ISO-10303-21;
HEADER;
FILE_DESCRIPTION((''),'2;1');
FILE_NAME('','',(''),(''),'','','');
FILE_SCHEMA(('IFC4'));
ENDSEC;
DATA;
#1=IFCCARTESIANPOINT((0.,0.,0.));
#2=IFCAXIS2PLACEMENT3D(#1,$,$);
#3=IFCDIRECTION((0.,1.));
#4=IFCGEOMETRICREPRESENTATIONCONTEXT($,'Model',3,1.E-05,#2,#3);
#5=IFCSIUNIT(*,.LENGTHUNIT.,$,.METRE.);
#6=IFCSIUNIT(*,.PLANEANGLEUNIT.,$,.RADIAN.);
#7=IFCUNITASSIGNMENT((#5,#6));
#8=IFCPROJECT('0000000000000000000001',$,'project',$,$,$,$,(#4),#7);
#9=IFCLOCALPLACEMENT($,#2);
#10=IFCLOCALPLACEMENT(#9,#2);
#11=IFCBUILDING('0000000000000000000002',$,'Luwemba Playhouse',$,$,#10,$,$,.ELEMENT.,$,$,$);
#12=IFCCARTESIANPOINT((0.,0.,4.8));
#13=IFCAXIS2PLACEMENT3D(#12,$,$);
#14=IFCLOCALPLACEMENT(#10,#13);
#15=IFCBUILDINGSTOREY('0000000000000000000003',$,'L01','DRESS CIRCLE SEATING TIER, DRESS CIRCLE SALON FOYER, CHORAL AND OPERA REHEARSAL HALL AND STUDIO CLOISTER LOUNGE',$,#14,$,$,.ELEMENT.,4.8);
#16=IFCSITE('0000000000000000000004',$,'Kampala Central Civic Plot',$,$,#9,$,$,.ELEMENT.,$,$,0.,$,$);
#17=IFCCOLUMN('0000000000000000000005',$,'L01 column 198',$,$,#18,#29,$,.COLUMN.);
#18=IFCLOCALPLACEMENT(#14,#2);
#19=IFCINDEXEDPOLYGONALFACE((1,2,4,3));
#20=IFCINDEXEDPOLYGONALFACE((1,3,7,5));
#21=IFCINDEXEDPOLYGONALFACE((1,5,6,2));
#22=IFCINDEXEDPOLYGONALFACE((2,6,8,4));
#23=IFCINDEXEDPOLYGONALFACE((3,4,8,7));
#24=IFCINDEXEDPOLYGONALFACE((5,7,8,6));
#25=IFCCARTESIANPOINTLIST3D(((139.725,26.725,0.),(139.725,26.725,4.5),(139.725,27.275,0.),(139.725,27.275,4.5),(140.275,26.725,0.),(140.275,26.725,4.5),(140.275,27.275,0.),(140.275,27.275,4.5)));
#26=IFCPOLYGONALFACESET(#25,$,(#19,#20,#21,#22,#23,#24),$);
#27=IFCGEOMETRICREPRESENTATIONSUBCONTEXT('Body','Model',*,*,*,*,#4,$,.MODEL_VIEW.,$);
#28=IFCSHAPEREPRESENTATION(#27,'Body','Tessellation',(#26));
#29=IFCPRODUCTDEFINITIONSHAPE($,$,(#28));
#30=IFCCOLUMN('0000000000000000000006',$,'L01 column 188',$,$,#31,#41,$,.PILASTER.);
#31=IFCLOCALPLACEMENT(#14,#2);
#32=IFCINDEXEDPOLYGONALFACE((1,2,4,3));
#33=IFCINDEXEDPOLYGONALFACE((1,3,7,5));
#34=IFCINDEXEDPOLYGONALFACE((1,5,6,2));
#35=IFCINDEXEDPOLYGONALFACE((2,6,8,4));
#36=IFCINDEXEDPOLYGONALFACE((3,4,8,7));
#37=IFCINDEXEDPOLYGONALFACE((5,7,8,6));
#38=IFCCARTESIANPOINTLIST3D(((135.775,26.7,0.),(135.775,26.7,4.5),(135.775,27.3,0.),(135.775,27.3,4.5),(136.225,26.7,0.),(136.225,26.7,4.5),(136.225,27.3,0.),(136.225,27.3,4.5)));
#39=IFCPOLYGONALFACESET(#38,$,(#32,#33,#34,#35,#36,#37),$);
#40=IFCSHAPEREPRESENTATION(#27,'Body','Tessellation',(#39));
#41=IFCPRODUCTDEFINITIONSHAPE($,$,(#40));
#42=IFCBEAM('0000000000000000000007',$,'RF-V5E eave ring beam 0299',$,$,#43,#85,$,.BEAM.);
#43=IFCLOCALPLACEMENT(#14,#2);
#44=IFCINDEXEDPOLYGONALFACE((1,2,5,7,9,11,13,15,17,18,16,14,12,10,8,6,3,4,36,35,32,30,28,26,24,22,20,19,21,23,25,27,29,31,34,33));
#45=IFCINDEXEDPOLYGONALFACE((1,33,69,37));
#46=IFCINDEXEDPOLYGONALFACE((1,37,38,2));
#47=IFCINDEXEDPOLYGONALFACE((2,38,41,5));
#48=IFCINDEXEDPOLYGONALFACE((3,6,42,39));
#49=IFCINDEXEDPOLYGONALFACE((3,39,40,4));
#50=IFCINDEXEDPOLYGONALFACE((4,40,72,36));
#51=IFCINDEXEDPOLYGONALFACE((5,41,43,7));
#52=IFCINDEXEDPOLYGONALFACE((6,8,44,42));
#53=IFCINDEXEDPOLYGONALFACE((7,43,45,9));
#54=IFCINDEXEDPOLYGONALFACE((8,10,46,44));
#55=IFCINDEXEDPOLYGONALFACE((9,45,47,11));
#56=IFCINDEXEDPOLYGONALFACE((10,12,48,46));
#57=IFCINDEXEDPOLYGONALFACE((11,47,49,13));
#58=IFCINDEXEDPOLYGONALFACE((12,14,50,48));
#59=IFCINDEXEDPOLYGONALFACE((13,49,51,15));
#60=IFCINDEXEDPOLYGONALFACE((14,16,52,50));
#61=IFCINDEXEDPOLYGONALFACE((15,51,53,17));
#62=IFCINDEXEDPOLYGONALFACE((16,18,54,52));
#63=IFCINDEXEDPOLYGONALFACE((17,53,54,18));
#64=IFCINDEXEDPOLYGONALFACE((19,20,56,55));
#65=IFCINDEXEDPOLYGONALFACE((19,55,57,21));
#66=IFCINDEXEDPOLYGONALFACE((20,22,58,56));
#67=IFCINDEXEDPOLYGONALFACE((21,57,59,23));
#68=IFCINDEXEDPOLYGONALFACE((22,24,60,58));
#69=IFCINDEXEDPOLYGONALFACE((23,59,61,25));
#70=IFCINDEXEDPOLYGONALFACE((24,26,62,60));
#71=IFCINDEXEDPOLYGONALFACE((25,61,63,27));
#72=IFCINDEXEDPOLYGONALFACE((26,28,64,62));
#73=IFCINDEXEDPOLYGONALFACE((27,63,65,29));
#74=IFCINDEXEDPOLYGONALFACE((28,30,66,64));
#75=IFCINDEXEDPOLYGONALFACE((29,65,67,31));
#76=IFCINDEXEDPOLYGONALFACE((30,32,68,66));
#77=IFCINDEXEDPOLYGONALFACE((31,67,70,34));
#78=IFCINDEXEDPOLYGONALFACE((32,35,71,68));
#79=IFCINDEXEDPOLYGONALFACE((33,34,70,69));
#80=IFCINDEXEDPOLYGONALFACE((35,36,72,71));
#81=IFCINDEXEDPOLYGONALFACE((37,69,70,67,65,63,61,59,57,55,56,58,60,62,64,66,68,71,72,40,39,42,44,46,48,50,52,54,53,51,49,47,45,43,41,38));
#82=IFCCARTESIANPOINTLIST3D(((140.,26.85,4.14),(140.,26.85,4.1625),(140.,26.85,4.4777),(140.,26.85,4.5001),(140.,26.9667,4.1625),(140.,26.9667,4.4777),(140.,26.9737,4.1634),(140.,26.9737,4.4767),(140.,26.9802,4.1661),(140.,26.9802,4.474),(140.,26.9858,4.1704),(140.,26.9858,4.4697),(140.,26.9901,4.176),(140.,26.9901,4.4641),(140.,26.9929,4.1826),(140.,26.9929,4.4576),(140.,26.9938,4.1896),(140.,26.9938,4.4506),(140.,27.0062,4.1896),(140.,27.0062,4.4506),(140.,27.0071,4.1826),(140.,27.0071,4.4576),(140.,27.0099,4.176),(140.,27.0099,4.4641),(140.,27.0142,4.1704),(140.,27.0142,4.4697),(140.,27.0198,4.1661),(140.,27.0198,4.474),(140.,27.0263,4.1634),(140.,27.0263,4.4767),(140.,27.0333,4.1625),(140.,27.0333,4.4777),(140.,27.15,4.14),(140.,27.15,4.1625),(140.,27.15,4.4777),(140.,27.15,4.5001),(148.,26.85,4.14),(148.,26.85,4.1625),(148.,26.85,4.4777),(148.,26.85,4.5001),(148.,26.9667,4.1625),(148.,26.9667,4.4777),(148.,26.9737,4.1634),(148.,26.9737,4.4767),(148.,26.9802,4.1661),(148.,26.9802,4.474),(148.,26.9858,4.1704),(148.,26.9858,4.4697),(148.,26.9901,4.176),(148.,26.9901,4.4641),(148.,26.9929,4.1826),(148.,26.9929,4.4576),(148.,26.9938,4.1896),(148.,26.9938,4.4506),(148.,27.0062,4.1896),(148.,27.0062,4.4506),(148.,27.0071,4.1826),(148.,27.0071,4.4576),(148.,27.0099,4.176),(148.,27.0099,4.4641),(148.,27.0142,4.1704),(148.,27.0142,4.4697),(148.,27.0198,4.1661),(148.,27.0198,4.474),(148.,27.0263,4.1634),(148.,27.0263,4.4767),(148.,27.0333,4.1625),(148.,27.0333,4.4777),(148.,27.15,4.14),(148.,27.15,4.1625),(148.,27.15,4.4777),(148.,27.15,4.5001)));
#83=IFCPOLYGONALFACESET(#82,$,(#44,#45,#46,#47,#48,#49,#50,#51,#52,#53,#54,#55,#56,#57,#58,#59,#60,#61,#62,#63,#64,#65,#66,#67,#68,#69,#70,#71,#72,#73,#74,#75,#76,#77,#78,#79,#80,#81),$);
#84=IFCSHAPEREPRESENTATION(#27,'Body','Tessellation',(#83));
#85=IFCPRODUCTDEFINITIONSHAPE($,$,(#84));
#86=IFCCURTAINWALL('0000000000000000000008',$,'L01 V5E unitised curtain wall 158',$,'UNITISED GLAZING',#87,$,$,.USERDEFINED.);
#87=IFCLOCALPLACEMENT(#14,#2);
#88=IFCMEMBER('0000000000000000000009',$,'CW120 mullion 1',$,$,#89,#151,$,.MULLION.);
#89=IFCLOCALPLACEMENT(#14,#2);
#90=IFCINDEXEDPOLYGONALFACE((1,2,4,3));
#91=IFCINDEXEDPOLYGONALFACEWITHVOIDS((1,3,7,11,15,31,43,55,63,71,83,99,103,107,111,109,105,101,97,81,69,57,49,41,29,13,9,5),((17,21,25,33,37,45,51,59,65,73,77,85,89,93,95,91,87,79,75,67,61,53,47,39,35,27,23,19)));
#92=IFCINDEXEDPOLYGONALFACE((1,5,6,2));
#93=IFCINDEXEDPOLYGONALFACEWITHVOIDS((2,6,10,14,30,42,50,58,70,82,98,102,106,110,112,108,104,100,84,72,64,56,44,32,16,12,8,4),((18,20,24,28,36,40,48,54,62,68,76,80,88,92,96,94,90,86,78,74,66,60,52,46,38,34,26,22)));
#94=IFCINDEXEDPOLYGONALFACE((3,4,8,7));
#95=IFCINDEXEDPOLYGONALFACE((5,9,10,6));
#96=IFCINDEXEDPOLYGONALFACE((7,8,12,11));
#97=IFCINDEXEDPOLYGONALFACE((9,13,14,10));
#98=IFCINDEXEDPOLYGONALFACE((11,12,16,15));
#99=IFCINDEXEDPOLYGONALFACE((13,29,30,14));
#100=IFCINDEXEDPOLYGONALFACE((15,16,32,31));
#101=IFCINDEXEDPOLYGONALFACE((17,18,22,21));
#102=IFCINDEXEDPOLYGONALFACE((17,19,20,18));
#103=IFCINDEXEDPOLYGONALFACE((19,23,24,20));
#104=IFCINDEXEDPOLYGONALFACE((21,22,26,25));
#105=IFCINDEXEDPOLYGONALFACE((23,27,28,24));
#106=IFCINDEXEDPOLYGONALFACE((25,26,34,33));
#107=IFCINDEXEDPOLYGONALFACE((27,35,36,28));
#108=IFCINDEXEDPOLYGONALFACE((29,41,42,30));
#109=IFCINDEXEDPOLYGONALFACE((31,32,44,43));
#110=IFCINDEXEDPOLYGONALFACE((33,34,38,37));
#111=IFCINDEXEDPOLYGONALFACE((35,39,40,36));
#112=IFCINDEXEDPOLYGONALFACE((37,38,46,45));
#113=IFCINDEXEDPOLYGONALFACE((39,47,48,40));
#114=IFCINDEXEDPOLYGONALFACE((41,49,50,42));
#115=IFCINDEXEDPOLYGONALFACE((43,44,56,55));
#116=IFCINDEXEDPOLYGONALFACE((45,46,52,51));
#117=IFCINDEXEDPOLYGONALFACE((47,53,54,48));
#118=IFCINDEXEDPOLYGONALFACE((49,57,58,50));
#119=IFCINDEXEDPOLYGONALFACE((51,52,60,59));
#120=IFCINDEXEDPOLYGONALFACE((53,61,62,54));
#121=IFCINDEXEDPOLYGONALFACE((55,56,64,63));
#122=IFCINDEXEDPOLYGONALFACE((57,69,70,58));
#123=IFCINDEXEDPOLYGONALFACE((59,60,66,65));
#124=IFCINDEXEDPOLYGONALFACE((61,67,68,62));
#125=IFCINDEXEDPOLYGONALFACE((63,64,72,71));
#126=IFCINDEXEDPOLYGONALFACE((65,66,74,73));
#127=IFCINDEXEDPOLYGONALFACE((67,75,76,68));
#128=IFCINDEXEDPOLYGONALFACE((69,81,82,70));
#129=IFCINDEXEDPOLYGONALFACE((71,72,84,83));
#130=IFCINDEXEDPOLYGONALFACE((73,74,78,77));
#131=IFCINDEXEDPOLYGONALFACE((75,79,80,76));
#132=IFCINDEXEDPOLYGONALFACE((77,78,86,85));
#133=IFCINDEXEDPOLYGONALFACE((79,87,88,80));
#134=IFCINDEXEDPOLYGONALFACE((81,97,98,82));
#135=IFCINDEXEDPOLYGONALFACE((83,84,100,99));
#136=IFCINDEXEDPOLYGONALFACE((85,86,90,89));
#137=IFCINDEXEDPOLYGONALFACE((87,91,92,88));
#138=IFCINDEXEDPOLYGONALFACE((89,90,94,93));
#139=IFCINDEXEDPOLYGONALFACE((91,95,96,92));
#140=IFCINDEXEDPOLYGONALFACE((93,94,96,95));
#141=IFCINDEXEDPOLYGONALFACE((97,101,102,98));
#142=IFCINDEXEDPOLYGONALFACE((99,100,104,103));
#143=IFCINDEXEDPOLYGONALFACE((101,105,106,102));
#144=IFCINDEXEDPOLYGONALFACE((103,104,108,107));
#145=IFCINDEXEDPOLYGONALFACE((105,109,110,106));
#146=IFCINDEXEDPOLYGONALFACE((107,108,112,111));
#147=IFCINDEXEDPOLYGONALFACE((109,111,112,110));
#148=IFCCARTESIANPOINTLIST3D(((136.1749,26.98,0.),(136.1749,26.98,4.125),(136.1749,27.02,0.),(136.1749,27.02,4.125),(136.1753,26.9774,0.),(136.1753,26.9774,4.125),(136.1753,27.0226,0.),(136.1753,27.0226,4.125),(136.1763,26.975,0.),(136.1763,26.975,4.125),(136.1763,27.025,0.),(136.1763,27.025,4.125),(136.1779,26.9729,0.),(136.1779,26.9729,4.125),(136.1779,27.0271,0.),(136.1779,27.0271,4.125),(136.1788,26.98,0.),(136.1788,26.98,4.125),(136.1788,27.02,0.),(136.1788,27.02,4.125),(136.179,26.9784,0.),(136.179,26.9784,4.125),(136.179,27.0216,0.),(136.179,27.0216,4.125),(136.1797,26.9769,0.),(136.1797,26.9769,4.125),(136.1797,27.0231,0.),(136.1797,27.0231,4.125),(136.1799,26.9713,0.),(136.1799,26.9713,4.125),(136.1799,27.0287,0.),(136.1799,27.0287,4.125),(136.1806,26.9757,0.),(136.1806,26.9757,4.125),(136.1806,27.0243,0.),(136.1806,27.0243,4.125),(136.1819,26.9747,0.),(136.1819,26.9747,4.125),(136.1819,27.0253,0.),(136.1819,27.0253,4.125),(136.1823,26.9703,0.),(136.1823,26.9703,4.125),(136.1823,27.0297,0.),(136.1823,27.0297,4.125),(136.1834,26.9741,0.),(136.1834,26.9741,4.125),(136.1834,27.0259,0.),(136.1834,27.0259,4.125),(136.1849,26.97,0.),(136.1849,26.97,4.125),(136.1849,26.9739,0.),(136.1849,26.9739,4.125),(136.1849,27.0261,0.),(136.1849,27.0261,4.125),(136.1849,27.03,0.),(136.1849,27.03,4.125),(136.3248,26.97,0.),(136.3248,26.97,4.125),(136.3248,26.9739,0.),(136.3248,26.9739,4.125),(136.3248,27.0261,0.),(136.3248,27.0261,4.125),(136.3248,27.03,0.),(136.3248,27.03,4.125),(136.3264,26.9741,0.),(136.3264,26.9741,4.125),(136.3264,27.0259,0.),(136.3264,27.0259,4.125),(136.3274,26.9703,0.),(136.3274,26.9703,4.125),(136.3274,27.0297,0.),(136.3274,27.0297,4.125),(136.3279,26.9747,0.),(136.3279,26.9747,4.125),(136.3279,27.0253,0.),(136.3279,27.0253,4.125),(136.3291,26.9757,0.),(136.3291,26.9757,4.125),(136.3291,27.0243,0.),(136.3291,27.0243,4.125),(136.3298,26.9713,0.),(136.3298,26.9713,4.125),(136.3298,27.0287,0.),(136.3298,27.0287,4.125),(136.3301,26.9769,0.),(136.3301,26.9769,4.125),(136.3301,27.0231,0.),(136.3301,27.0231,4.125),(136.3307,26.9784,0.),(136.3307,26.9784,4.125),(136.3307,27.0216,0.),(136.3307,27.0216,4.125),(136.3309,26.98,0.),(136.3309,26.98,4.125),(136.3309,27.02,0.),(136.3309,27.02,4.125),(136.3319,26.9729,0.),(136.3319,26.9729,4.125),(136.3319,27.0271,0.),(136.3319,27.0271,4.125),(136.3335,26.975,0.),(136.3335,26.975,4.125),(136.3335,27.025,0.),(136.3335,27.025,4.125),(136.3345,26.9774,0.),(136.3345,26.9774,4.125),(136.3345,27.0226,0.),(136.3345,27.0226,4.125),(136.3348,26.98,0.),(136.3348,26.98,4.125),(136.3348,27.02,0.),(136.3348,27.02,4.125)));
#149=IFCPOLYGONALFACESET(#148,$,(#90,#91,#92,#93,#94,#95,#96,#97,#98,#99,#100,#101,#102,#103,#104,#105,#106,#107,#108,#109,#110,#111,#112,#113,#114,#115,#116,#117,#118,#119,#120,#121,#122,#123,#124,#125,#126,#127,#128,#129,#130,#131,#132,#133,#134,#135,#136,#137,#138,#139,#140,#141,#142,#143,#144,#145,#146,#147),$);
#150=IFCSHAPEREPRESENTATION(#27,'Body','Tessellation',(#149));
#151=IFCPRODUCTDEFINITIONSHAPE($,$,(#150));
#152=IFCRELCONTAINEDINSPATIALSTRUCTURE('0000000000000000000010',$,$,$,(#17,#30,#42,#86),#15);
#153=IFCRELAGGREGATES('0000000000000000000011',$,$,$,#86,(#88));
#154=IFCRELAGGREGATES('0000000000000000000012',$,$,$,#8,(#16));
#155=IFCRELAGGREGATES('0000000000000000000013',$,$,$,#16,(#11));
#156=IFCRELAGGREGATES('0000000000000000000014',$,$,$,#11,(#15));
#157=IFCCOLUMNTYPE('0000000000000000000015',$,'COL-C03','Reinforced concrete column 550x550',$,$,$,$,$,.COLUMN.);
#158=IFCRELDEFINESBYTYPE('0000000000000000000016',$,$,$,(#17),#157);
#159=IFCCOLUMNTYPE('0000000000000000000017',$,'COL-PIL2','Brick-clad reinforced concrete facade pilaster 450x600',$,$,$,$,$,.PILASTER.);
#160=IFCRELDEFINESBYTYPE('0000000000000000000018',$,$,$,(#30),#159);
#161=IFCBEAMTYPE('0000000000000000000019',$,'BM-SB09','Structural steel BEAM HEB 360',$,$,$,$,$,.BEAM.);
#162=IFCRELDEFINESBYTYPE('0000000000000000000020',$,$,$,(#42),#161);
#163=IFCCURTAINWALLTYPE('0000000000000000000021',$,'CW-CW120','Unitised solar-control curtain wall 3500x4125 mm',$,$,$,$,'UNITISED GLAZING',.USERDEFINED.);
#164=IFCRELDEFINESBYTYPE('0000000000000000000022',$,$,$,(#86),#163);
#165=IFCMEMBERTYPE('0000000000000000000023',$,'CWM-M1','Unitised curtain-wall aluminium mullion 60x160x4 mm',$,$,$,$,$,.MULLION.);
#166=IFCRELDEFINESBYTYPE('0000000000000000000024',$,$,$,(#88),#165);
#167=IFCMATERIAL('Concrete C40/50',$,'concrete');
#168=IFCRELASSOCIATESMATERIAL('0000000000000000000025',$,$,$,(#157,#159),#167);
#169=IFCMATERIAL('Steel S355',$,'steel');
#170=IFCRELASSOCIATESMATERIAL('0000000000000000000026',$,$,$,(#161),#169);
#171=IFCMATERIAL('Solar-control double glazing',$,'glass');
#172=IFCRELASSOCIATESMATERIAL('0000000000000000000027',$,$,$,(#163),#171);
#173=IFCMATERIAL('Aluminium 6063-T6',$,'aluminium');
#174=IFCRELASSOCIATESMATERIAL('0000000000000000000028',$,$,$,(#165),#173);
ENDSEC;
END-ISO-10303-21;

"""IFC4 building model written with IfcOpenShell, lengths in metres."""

from ifc_helpers import new_model, si_unit, direction, frame, origin, origin_2d, place, context, subcontext, project, spatial, rectangle, hollow_rectangle, i_section, extrude, material, material_profile, profile_set, type_object, element, aggregate, save


model = new_model("IFC4")

# Units and contexts
model_context = context("Model", 3, precision=1e-05, world=origin(), true_north=direction((0.0, 1.0)))
body_context = subcontext(model_context, "Body", "Model", "MODEL_VIEW")
ifc_project = project(units=[si_unit("LENGTHUNIT", "METRE"), si_unit("PLANEANGLEUNIT", "RADIAN")], contexts=[model_context])

# Site, building, storey
site_placement = place(None, origin())
site = spatial("IfcSite", under=ifc_project, at=site_placement, Name="Kampala Central Civic Plot", CompositionType="ELEMENT", RefElevation=0.0)
building_placement = place(site_placement, origin())
building = spatial("IfcBuilding", under=site, at=building_placement, Name="Luwemba Playhouse", CompositionType="ELEMENT")
storey_placement = place(building_placement, frame((0.0, 0.0, 4.8)))
storey = spatial("IfcBuildingStorey", under=building, at=storey_placement, Name="L01", Description="DRESS CIRCLE SEATING TIER, DRESS CIRCLE SALON FOYER, CHORAL AND OPERA REHEARSAL HALL AND STUDIO CLOISTER LOUNGE", CompositionType="ELEMENT", Elevation=4.8)

# Columns
ifc_material_1 = material(Name="Concrete C40/50", Category="concrete")
ifc_material_profile_1 = material_profile(ifc_material_1, rectangle(XDim=0.55, YDim=0.55, at=origin_2d()))
ifc_profile_set_1 = profile_set([ifc_material_profile_1], Name="Concrete C40/50")
column_type_1 = type_object("IfcColumnType", Name="COL-C03", Description="Reinforced concrete column 550x550", PredefinedType="COLUMN", material=ifc_profile_set_1)
column_1_placement = place(storey_placement, frame((140.0, 27.0, 0.0), z_axis=(0.0, 0.0, 1.0), x_axis=(1.0, 0.0, 0.0)))
element("IfcColumn", 1, at=column_1_placement, inside=storey, type_object=column_type_1, Name="L01 column 198", PredefinedType="COLUMN", context=body_context, shape_type="SweptSolid", body=[
    extrude(rectangle(XDim=0.55, YDim=0.55, at=origin_2d()), origin(), (0.0, 0.0, 1.0), 4.5),
])
ifc_material_profile_2 = material_profile(ifc_material_1, rectangle(XDim=0.45, YDim=0.6001, at=origin_2d()))
ifc_profile_set_2 = profile_set([ifc_material_profile_2], Name="Concrete C40/50")
column_type_2 = type_object("IfcColumnType", Name="COL-PIL2", Description="Brick-clad reinforced concrete facade pilaster 450x600", PredefinedType="PILASTER", material=ifc_profile_set_2)
column_2_placement = place(storey_placement, frame((136.0, 27.0, 0.0), z_axis=(0.0, 0.0, 1.0), x_axis=(1.0, 0.0, 0.0)))
element("IfcColumn", 2, at=column_2_placement, inside=storey, type_object=column_type_2, Name="L01 column 188", PredefinedType="PILASTER", context=body_context, shape_type="SweptSolid", body=[
    extrude(rectangle(XDim=0.45, YDim=0.6001, at=origin_2d()), origin(), (0.0, 0.0, 1.0), 4.5),
])

# Beam
ifc_material_2 = material(Name="Steel S355", Category="steel")
ifc_material_profile_3 = material_profile(ifc_material_2, i_section(OverallWidth=0.3, OverallDepth=0.3601, WebThickness=0.0125, FlangeThickness=0.0225, FilletRadius=0.0271, at=origin_2d()))
ifc_profile_set_3 = profile_set([ifc_material_profile_3], Name="Steel S355")
beam_type = type_object("IfcBeamType", Name="BM-SB09", Description="Structural steel BEAM HEB 360", PredefinedType="BEAM", material=ifc_profile_set_3)
beam_placement = place(storey_placement, frame((140.0, 27.0, 4.3201), z_axis=(1.0, 0.0, 0.0), x_axis=(0.0, 1.0, 0.0)))
element("IfcBeam", 3, at=beam_placement, inside=storey, type_object=beam_type, Name="RF-V5E eave ring beam 0299", PredefinedType="BEAM", context=body_context, shape_type="SweptSolid", body=[
    extrude(i_section(OverallWidth=0.3, OverallDepth=0.3601, WebThickness=0.0125, FlangeThickness=0.0225, FilletRadius=0.0271, at=origin_2d()), origin(), (0.0, 0.0, 1.0), 8.0),
])

# Curtain wall, member
ifc_material_3 = material(Name="Solar-control double glazing", Category="glass")
curtain_wall_type_1 = type_object("IfcCurtainWallType", Name="CW-CW120", Description="Unitised solar-control curtain wall 3500x4125 mm", ElementType="UNITISED GLAZING", PredefinedType="USERDEFINED", material=ifc_material_3)
curtain_wall_1_placement = place(storey_placement, origin())
curtain_wall_1 = element("IfcCurtainWall", 4, at=curtain_wall_1_placement, inside=storey, type_object=curtain_wall_type_1, Name="L01 V5E unitised curtain wall 158", ObjectType="UNITISED GLAZING", PredefinedType="USERDEFINED")
ifc_material_4 = material(Name="Aluminium 6063-T6", Category="aluminium")
ifc_material_profile_4 = material_profile(ifc_material_4, hollow_rectangle(XDim=0.0601, YDim=0.1599, WallThickness=0.0039, InnerFilletRadius=0.0061, OuterFilletRadius=0.01, at=origin_2d()))
ifc_profile_set_4 = profile_set([ifc_material_profile_4], Name="Aluminium 6063-T6")
member_type_1 = type_object("IfcMemberType", Name="CWM-M1", Description="Unitised curtain-wall aluminium mullion 60x160x4 mm", PredefinedType="MULLION", material=ifc_profile_set_4)
member_1_placement = place(storey_placement, frame((136.2549, 27.0, 0.0), z_axis=(0.0, 0.0, 1.0), x_axis=(0.0, 1.0, 0.0)))
member_1 = element("IfcMember", 5, at=member_1_placement, type_object=member_type_1, Name="CW120 mullion 1", PredefinedType="MULLION", context=body_context, shape_type="SweptSolid", body=[
    extrude(hollow_rectangle(XDim=0.0601, YDim=0.1599, WallThickness=0.0039, InnerFilletRadius=0.0061, OuterFilletRadius=0.01, at=origin_2d()), origin(), (0.0, 0.0, 1.0), 4.125),
])

aggregate(curtain_wall_1, [member_1])

save(model, "model.ifc")
